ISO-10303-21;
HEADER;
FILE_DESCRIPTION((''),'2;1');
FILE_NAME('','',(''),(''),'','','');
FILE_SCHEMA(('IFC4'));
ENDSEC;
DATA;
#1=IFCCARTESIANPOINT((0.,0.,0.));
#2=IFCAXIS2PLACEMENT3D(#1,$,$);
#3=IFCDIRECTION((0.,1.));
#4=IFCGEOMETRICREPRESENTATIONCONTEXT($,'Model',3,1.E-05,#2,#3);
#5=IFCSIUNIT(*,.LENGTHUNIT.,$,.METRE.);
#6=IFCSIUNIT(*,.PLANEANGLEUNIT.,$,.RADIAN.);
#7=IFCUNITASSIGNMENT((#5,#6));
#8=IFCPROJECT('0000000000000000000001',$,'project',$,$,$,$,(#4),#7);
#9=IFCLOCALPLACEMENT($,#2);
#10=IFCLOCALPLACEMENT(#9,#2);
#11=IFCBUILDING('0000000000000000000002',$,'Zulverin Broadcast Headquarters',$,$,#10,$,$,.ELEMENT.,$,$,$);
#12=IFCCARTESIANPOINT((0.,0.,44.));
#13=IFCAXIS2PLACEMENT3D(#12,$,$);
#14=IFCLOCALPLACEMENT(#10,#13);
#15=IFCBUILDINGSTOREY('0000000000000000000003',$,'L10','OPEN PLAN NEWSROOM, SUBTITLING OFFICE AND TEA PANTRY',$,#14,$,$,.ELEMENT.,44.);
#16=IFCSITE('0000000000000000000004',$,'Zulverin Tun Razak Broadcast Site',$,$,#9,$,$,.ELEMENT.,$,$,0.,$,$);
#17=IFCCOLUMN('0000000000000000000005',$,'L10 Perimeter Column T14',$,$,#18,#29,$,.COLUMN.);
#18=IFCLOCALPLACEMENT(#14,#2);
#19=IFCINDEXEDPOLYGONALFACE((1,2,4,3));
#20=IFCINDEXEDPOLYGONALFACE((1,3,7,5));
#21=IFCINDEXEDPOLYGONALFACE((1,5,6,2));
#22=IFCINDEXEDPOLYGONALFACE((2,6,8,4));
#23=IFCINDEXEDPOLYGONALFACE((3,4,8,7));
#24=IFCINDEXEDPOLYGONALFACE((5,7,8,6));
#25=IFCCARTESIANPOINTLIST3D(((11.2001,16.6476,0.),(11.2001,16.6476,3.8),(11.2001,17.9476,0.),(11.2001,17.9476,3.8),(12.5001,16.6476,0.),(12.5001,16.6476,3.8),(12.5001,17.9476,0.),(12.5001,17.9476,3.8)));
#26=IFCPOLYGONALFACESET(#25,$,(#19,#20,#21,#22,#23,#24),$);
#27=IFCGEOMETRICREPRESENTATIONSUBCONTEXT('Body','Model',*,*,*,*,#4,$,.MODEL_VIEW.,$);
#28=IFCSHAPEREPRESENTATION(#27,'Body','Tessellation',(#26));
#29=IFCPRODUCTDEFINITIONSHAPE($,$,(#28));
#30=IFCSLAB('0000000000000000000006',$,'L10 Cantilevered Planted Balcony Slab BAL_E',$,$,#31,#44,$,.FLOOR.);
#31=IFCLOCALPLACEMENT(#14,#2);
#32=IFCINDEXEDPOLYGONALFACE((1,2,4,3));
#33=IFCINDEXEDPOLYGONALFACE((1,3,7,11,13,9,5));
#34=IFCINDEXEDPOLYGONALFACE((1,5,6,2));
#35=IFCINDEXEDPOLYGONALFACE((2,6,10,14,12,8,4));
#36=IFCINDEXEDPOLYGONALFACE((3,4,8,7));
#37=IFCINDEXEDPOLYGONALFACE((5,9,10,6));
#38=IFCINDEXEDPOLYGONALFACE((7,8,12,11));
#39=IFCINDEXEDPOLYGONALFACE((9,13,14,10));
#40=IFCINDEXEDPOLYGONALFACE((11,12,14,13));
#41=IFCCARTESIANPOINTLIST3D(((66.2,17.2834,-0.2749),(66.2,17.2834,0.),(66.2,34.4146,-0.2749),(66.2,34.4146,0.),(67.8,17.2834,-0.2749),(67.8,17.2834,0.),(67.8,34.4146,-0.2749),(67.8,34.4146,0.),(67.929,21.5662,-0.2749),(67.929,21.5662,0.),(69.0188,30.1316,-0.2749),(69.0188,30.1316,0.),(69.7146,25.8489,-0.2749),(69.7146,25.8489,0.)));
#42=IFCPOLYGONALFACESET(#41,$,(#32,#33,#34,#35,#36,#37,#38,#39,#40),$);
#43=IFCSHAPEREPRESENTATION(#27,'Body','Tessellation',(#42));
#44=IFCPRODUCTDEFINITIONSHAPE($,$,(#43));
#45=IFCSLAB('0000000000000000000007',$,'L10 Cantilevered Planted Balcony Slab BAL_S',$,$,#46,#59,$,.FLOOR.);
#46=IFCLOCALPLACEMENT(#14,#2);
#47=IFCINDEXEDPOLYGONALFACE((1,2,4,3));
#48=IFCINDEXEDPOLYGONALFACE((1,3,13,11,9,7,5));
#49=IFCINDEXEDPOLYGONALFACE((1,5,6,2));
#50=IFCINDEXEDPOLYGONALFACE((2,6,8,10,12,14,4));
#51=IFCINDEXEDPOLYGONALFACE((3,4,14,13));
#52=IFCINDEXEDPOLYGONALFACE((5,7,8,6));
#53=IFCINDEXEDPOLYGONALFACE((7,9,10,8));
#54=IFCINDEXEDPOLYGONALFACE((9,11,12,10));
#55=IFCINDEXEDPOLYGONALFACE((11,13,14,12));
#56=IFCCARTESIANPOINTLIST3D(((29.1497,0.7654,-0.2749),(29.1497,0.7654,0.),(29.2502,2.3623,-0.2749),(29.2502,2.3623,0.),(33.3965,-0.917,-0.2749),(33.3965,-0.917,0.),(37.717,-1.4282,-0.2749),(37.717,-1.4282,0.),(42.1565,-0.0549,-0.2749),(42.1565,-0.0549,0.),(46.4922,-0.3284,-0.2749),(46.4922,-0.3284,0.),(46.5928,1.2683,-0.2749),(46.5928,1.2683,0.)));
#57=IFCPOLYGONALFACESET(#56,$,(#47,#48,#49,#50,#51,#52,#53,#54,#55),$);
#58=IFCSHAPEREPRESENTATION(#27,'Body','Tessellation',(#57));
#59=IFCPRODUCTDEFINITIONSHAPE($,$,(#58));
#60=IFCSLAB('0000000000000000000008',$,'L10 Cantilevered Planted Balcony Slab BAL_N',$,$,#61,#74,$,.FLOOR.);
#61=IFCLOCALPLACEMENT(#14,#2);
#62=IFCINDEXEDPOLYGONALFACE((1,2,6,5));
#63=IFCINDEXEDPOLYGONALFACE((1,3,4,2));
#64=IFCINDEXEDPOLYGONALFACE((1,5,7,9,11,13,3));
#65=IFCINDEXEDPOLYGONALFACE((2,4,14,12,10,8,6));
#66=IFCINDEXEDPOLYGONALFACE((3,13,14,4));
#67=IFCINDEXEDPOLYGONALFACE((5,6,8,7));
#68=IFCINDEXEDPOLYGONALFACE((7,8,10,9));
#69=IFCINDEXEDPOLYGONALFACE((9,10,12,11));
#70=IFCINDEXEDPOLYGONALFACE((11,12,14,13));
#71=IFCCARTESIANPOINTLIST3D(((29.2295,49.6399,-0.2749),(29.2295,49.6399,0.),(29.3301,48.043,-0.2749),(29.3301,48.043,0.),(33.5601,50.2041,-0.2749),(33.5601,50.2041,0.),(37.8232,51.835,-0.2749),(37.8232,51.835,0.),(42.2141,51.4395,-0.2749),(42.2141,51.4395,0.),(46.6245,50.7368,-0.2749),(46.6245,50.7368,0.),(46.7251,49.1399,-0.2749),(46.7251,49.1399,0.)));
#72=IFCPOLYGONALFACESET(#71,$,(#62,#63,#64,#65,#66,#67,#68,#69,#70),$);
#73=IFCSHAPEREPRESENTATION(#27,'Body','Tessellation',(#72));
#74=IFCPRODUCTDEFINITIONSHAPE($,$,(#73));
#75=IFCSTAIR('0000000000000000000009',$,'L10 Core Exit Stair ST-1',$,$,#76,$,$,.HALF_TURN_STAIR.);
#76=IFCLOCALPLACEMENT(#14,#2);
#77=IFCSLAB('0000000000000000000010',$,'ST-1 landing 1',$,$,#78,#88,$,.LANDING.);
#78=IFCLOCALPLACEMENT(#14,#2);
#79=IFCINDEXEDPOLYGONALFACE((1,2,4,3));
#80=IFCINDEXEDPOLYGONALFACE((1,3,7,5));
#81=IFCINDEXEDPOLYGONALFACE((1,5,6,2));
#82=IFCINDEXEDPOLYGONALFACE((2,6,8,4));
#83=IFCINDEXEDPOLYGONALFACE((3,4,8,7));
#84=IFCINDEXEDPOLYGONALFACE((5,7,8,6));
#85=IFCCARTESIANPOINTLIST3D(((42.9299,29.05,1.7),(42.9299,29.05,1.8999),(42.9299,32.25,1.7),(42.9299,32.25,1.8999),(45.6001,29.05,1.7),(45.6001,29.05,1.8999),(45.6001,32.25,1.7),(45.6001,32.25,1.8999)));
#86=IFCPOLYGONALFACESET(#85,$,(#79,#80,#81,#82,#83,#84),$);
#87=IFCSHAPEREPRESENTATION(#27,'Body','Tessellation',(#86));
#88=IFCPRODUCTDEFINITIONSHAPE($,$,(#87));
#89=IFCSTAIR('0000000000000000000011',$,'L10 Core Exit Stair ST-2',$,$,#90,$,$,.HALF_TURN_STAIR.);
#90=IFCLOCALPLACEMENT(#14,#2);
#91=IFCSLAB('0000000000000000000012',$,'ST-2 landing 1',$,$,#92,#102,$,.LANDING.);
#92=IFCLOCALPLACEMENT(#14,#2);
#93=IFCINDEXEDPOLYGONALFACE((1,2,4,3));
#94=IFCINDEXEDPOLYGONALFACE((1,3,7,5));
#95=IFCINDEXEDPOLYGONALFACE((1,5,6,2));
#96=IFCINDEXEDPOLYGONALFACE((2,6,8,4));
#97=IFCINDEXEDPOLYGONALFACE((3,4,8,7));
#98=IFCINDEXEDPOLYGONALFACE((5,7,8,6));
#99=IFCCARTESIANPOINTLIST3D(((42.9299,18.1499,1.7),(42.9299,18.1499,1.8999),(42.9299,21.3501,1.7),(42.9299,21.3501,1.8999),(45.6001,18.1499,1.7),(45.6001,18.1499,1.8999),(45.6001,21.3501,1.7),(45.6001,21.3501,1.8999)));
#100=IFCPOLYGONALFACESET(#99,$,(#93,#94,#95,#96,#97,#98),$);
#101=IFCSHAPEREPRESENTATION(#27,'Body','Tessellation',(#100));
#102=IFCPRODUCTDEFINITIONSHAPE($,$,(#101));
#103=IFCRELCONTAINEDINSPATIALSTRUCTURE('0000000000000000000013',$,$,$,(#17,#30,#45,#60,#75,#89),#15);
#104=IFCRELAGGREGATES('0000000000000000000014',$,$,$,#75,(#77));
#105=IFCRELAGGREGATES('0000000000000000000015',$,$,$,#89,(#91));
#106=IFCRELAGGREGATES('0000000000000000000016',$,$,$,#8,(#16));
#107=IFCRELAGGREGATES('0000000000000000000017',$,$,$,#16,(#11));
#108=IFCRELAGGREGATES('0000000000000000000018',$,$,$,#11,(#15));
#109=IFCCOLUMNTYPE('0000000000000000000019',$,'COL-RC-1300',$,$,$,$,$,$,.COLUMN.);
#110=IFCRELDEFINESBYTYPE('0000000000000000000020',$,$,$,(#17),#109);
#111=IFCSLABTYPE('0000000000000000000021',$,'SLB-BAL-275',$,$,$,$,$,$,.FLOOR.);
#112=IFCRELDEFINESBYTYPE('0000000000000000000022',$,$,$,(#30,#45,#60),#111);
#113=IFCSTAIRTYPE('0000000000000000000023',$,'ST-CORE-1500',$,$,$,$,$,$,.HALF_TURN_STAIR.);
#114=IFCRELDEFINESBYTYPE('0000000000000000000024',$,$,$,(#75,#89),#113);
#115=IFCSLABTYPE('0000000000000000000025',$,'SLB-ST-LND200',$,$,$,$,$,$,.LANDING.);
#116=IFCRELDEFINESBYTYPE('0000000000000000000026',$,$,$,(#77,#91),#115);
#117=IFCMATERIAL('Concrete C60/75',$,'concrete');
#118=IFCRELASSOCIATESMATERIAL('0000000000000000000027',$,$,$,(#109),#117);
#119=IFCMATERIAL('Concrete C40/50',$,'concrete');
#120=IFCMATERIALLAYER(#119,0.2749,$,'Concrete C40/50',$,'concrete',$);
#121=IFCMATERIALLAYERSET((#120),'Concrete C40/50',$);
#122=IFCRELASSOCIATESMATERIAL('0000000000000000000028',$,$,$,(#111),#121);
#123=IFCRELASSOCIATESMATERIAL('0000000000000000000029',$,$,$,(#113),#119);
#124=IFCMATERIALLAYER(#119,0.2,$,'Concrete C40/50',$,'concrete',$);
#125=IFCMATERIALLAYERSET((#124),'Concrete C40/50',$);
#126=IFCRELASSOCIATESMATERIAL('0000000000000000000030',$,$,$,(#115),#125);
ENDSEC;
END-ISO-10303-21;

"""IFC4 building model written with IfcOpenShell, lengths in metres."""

from ifc_helpers import new_model, si_unit, direction, frame, origin, origin_2d, place, context, subcontext, project, spatial, polyline, rectangle, outline, extrude, material, layer, layer_set, material_profile, profile_set, type_object, element, aggregate, save


model = new_model("IFC4")

# Units and contexts
model_context = context("Model", 3, precision=1e-05, world=origin(), true_north=direction((0.0, 1.0)))
body_context = subcontext(model_context, "Body", "Model", "MODEL_VIEW")
ifc_project = project(units=[si_unit("LENGTHUNIT", "METRE"), si_unit("PLANEANGLEUNIT", "RADIAN")], contexts=[model_context])

# Site, building, storey
site_placement = place(None, origin())
site = spatial("IfcSite", under=ifc_project, at=site_placement, Name="Zulverin Tun Razak Broadcast Site", CompositionType="ELEMENT", RefElevation=0.0)
building_placement = place(site_placement, origin())
building = spatial("IfcBuilding", under=site, at=building_placement, Name="Zulverin Broadcast Headquarters", CompositionType="ELEMENT")
storey_placement = place(building_placement, frame((0.0, 0.0, 44.0)))
storey = spatial("IfcBuildingStorey", under=building, at=storey_placement, Name="L10", Description="OPEN PLAN NEWSROOM, SUBTITLING OFFICE AND TEA PANTRY", CompositionType="ELEMENT", Elevation=44.0)

# Column
ifc_material_1 = material(Name="Concrete C60/75", Category="concrete")
ifc_material_profile = material_profile(ifc_material_1, rectangle(XDim=1.3, YDim=1.3, at=origin_2d()), Name="Concrete C60/75", Category="concrete")
ifc_profile_set = profile_set([ifc_material_profile], Name="Concrete C60/75")
column_type = type_object("IfcColumnType", Name="COL-RC-1300", PredefinedType="COLUMN", material=ifc_profile_set)
column_placement = place(storey_placement, frame((11.8501, 17.2976, 0.0), z_axis=(0.0, 0.0, 1.0), x_axis=(1.0, 0.0, 0.0)))
element("IfcColumn", 1, at=column_placement, inside=storey, type_object=column_type, Name="L10 Perimeter Column T14", PredefinedType="COLUMN", context=body_context, shape_type="SweptSolid", body=[
    extrude(rectangle(XDim=1.3, YDim=1.3, at=origin_2d()), origin(), (0.0, 0.0, 1.0), 3.8),
])

# Slabs
ifc_material_2 = material(Name="Concrete C40/50", Category="concrete")
ifc_layer_1 = layer(ifc_material_2, 0.2749, Name="Concrete C40/50", Category="concrete")
ifc_layer_set_1 = layer_set([ifc_layer_1], Name="Concrete C40/50")
slab_type_1 = type_object("IfcSlabType", Name="SLB-BAL-275", PredefinedType="FLOOR", material=ifc_layer_set_1)
slab_1_placement = place(storey_placement, frame((0.0, 0.0, -0.2749)))
element("IfcSlab", 2, at=slab_1_placement, inside=storey, type_object=slab_type_1, Name="L10 Cantilevered Planted Balcony Slab BAL_E", PredefinedType="FLOOR", context=body_context, shape_type="SweptSolid", body=[
    extrude(outline(polyline([(66.2, 34.4146), (66.2, 17.2834), (67.8, 17.2834), (67.929, 21.5662), (69.7146, 25.8489), (69.0188, 30.1316), (67.8, 34.4146), (66.2, 34.4146)])), origin(), (0.0, 0.0, 1.0), 0.2749),
])
slab_2_placement = place(storey_placement, frame((0.0, 0.0, -0.2749)))
element("IfcSlab", 3, at=slab_2_placement, inside=storey, type_object=slab_type_1, Name="L10 Cantilevered Planted Balcony Slab BAL_S", PredefinedType="FLOOR", context=body_context, shape_type="SweptSolid", body=[
    extrude(outline(polyline([(46.5928, 1.2683), (29.2502, 2.3623), (29.1497, 0.7654), (33.3965, -0.917), (37.717, -1.4282), (42.1565, -0.0549), (46.4922, -0.3284), (46.5928, 1.2683)])), origin(), (0.0, 0.0, 1.0), 0.2749),
])
slab_3_placement = place(storey_placement, frame((0.0, 0.0, -0.2749)))
element("IfcSlab", 4, at=slab_3_placement, inside=storey, type_object=slab_type_1, Name="L10 Cantilevered Planted Balcony Slab BAL_N", PredefinedType="FLOOR", context=body_context, shape_type="SweptSolid", body=[
    extrude(outline(polyline([(29.3301, 48.043), (46.7251, 49.1399), (46.6245, 50.7368), (42.2141, 51.4395), (37.8232, 51.835), (33.5601, 50.2041), (29.2295, 49.6399), (29.3301, 48.043)])), origin(), (0.0, 0.0, 1.0), 0.2749),
])

# Stairs, slabs
stair_type = type_object("IfcStairType", Name="ST-CORE-1500", PredefinedType="HALF_TURN_STAIR", material=ifc_material_2)
stair_1_placement = place(storey_placement, origin())
stair_1 = element("IfcStair", 5, at=stair_1_placement, inside=storey, type_object=stair_type, Name="L10 Core Exit Stair ST-1", PredefinedType="HALF_TURN_STAIR")
ifc_layer_2 = layer(ifc_material_2, 0.2, Name="Concrete C40/50", Category="concrete")
ifc_layer_set_2 = layer_set([ifc_layer_2], Name="Concrete C40/50")
slab_type_2 = type_object("IfcSlabType", Name="SLB-ST-LND200", PredefinedType="LANDING", material=ifc_layer_set_2)
slab_4_placement = place(storey_placement, frame((0.0, 0.0, 1.7)))
slab_4 = element("IfcSlab", 6, at=slab_4_placement, type_object=slab_type_2, Name="ST-1 landing 1", PredefinedType="LANDING", context=body_context, shape_type="SweptSolid", body=[
    extrude(outline(polyline([(42.9299, 29.05), (45.6001, 29.05), (45.6001, 32.25), (42.9299, 32.25), (42.9299, 29.05)])), origin(), (0.0, 0.0, 1.0), 0.2),
])
aggregate(stair_1, [slab_4])
stair_2_placement = place(storey_placement, origin())
stair_2 = element("IfcStair", 7, at=stair_2_placement, inside=storey, type_object=stair_type, Name="L10 Core Exit Stair ST-2", PredefinedType="HALF_TURN_STAIR")
slab_5_placement = place(storey_placement, frame((0.0, 0.0, 1.7)))
slab_5 = element("IfcSlab", 8, at=slab_5_placement, type_object=slab_type_2, Name="ST-2 landing 1", PredefinedType="LANDING", context=body_context, shape_type="SweptSolid", body=[
    extrude(outline(polyline([(42.9299, 18.1499), (45.6001, 18.1499), (45.6001, 21.3501), (42.9299, 21.3501), (42.9299, 18.1499)])), origin(), (0.0, 0.0, 1.0), 0.2),
])
aggregate(stair_2, [slab_5])

save(model, "model.ifc")
